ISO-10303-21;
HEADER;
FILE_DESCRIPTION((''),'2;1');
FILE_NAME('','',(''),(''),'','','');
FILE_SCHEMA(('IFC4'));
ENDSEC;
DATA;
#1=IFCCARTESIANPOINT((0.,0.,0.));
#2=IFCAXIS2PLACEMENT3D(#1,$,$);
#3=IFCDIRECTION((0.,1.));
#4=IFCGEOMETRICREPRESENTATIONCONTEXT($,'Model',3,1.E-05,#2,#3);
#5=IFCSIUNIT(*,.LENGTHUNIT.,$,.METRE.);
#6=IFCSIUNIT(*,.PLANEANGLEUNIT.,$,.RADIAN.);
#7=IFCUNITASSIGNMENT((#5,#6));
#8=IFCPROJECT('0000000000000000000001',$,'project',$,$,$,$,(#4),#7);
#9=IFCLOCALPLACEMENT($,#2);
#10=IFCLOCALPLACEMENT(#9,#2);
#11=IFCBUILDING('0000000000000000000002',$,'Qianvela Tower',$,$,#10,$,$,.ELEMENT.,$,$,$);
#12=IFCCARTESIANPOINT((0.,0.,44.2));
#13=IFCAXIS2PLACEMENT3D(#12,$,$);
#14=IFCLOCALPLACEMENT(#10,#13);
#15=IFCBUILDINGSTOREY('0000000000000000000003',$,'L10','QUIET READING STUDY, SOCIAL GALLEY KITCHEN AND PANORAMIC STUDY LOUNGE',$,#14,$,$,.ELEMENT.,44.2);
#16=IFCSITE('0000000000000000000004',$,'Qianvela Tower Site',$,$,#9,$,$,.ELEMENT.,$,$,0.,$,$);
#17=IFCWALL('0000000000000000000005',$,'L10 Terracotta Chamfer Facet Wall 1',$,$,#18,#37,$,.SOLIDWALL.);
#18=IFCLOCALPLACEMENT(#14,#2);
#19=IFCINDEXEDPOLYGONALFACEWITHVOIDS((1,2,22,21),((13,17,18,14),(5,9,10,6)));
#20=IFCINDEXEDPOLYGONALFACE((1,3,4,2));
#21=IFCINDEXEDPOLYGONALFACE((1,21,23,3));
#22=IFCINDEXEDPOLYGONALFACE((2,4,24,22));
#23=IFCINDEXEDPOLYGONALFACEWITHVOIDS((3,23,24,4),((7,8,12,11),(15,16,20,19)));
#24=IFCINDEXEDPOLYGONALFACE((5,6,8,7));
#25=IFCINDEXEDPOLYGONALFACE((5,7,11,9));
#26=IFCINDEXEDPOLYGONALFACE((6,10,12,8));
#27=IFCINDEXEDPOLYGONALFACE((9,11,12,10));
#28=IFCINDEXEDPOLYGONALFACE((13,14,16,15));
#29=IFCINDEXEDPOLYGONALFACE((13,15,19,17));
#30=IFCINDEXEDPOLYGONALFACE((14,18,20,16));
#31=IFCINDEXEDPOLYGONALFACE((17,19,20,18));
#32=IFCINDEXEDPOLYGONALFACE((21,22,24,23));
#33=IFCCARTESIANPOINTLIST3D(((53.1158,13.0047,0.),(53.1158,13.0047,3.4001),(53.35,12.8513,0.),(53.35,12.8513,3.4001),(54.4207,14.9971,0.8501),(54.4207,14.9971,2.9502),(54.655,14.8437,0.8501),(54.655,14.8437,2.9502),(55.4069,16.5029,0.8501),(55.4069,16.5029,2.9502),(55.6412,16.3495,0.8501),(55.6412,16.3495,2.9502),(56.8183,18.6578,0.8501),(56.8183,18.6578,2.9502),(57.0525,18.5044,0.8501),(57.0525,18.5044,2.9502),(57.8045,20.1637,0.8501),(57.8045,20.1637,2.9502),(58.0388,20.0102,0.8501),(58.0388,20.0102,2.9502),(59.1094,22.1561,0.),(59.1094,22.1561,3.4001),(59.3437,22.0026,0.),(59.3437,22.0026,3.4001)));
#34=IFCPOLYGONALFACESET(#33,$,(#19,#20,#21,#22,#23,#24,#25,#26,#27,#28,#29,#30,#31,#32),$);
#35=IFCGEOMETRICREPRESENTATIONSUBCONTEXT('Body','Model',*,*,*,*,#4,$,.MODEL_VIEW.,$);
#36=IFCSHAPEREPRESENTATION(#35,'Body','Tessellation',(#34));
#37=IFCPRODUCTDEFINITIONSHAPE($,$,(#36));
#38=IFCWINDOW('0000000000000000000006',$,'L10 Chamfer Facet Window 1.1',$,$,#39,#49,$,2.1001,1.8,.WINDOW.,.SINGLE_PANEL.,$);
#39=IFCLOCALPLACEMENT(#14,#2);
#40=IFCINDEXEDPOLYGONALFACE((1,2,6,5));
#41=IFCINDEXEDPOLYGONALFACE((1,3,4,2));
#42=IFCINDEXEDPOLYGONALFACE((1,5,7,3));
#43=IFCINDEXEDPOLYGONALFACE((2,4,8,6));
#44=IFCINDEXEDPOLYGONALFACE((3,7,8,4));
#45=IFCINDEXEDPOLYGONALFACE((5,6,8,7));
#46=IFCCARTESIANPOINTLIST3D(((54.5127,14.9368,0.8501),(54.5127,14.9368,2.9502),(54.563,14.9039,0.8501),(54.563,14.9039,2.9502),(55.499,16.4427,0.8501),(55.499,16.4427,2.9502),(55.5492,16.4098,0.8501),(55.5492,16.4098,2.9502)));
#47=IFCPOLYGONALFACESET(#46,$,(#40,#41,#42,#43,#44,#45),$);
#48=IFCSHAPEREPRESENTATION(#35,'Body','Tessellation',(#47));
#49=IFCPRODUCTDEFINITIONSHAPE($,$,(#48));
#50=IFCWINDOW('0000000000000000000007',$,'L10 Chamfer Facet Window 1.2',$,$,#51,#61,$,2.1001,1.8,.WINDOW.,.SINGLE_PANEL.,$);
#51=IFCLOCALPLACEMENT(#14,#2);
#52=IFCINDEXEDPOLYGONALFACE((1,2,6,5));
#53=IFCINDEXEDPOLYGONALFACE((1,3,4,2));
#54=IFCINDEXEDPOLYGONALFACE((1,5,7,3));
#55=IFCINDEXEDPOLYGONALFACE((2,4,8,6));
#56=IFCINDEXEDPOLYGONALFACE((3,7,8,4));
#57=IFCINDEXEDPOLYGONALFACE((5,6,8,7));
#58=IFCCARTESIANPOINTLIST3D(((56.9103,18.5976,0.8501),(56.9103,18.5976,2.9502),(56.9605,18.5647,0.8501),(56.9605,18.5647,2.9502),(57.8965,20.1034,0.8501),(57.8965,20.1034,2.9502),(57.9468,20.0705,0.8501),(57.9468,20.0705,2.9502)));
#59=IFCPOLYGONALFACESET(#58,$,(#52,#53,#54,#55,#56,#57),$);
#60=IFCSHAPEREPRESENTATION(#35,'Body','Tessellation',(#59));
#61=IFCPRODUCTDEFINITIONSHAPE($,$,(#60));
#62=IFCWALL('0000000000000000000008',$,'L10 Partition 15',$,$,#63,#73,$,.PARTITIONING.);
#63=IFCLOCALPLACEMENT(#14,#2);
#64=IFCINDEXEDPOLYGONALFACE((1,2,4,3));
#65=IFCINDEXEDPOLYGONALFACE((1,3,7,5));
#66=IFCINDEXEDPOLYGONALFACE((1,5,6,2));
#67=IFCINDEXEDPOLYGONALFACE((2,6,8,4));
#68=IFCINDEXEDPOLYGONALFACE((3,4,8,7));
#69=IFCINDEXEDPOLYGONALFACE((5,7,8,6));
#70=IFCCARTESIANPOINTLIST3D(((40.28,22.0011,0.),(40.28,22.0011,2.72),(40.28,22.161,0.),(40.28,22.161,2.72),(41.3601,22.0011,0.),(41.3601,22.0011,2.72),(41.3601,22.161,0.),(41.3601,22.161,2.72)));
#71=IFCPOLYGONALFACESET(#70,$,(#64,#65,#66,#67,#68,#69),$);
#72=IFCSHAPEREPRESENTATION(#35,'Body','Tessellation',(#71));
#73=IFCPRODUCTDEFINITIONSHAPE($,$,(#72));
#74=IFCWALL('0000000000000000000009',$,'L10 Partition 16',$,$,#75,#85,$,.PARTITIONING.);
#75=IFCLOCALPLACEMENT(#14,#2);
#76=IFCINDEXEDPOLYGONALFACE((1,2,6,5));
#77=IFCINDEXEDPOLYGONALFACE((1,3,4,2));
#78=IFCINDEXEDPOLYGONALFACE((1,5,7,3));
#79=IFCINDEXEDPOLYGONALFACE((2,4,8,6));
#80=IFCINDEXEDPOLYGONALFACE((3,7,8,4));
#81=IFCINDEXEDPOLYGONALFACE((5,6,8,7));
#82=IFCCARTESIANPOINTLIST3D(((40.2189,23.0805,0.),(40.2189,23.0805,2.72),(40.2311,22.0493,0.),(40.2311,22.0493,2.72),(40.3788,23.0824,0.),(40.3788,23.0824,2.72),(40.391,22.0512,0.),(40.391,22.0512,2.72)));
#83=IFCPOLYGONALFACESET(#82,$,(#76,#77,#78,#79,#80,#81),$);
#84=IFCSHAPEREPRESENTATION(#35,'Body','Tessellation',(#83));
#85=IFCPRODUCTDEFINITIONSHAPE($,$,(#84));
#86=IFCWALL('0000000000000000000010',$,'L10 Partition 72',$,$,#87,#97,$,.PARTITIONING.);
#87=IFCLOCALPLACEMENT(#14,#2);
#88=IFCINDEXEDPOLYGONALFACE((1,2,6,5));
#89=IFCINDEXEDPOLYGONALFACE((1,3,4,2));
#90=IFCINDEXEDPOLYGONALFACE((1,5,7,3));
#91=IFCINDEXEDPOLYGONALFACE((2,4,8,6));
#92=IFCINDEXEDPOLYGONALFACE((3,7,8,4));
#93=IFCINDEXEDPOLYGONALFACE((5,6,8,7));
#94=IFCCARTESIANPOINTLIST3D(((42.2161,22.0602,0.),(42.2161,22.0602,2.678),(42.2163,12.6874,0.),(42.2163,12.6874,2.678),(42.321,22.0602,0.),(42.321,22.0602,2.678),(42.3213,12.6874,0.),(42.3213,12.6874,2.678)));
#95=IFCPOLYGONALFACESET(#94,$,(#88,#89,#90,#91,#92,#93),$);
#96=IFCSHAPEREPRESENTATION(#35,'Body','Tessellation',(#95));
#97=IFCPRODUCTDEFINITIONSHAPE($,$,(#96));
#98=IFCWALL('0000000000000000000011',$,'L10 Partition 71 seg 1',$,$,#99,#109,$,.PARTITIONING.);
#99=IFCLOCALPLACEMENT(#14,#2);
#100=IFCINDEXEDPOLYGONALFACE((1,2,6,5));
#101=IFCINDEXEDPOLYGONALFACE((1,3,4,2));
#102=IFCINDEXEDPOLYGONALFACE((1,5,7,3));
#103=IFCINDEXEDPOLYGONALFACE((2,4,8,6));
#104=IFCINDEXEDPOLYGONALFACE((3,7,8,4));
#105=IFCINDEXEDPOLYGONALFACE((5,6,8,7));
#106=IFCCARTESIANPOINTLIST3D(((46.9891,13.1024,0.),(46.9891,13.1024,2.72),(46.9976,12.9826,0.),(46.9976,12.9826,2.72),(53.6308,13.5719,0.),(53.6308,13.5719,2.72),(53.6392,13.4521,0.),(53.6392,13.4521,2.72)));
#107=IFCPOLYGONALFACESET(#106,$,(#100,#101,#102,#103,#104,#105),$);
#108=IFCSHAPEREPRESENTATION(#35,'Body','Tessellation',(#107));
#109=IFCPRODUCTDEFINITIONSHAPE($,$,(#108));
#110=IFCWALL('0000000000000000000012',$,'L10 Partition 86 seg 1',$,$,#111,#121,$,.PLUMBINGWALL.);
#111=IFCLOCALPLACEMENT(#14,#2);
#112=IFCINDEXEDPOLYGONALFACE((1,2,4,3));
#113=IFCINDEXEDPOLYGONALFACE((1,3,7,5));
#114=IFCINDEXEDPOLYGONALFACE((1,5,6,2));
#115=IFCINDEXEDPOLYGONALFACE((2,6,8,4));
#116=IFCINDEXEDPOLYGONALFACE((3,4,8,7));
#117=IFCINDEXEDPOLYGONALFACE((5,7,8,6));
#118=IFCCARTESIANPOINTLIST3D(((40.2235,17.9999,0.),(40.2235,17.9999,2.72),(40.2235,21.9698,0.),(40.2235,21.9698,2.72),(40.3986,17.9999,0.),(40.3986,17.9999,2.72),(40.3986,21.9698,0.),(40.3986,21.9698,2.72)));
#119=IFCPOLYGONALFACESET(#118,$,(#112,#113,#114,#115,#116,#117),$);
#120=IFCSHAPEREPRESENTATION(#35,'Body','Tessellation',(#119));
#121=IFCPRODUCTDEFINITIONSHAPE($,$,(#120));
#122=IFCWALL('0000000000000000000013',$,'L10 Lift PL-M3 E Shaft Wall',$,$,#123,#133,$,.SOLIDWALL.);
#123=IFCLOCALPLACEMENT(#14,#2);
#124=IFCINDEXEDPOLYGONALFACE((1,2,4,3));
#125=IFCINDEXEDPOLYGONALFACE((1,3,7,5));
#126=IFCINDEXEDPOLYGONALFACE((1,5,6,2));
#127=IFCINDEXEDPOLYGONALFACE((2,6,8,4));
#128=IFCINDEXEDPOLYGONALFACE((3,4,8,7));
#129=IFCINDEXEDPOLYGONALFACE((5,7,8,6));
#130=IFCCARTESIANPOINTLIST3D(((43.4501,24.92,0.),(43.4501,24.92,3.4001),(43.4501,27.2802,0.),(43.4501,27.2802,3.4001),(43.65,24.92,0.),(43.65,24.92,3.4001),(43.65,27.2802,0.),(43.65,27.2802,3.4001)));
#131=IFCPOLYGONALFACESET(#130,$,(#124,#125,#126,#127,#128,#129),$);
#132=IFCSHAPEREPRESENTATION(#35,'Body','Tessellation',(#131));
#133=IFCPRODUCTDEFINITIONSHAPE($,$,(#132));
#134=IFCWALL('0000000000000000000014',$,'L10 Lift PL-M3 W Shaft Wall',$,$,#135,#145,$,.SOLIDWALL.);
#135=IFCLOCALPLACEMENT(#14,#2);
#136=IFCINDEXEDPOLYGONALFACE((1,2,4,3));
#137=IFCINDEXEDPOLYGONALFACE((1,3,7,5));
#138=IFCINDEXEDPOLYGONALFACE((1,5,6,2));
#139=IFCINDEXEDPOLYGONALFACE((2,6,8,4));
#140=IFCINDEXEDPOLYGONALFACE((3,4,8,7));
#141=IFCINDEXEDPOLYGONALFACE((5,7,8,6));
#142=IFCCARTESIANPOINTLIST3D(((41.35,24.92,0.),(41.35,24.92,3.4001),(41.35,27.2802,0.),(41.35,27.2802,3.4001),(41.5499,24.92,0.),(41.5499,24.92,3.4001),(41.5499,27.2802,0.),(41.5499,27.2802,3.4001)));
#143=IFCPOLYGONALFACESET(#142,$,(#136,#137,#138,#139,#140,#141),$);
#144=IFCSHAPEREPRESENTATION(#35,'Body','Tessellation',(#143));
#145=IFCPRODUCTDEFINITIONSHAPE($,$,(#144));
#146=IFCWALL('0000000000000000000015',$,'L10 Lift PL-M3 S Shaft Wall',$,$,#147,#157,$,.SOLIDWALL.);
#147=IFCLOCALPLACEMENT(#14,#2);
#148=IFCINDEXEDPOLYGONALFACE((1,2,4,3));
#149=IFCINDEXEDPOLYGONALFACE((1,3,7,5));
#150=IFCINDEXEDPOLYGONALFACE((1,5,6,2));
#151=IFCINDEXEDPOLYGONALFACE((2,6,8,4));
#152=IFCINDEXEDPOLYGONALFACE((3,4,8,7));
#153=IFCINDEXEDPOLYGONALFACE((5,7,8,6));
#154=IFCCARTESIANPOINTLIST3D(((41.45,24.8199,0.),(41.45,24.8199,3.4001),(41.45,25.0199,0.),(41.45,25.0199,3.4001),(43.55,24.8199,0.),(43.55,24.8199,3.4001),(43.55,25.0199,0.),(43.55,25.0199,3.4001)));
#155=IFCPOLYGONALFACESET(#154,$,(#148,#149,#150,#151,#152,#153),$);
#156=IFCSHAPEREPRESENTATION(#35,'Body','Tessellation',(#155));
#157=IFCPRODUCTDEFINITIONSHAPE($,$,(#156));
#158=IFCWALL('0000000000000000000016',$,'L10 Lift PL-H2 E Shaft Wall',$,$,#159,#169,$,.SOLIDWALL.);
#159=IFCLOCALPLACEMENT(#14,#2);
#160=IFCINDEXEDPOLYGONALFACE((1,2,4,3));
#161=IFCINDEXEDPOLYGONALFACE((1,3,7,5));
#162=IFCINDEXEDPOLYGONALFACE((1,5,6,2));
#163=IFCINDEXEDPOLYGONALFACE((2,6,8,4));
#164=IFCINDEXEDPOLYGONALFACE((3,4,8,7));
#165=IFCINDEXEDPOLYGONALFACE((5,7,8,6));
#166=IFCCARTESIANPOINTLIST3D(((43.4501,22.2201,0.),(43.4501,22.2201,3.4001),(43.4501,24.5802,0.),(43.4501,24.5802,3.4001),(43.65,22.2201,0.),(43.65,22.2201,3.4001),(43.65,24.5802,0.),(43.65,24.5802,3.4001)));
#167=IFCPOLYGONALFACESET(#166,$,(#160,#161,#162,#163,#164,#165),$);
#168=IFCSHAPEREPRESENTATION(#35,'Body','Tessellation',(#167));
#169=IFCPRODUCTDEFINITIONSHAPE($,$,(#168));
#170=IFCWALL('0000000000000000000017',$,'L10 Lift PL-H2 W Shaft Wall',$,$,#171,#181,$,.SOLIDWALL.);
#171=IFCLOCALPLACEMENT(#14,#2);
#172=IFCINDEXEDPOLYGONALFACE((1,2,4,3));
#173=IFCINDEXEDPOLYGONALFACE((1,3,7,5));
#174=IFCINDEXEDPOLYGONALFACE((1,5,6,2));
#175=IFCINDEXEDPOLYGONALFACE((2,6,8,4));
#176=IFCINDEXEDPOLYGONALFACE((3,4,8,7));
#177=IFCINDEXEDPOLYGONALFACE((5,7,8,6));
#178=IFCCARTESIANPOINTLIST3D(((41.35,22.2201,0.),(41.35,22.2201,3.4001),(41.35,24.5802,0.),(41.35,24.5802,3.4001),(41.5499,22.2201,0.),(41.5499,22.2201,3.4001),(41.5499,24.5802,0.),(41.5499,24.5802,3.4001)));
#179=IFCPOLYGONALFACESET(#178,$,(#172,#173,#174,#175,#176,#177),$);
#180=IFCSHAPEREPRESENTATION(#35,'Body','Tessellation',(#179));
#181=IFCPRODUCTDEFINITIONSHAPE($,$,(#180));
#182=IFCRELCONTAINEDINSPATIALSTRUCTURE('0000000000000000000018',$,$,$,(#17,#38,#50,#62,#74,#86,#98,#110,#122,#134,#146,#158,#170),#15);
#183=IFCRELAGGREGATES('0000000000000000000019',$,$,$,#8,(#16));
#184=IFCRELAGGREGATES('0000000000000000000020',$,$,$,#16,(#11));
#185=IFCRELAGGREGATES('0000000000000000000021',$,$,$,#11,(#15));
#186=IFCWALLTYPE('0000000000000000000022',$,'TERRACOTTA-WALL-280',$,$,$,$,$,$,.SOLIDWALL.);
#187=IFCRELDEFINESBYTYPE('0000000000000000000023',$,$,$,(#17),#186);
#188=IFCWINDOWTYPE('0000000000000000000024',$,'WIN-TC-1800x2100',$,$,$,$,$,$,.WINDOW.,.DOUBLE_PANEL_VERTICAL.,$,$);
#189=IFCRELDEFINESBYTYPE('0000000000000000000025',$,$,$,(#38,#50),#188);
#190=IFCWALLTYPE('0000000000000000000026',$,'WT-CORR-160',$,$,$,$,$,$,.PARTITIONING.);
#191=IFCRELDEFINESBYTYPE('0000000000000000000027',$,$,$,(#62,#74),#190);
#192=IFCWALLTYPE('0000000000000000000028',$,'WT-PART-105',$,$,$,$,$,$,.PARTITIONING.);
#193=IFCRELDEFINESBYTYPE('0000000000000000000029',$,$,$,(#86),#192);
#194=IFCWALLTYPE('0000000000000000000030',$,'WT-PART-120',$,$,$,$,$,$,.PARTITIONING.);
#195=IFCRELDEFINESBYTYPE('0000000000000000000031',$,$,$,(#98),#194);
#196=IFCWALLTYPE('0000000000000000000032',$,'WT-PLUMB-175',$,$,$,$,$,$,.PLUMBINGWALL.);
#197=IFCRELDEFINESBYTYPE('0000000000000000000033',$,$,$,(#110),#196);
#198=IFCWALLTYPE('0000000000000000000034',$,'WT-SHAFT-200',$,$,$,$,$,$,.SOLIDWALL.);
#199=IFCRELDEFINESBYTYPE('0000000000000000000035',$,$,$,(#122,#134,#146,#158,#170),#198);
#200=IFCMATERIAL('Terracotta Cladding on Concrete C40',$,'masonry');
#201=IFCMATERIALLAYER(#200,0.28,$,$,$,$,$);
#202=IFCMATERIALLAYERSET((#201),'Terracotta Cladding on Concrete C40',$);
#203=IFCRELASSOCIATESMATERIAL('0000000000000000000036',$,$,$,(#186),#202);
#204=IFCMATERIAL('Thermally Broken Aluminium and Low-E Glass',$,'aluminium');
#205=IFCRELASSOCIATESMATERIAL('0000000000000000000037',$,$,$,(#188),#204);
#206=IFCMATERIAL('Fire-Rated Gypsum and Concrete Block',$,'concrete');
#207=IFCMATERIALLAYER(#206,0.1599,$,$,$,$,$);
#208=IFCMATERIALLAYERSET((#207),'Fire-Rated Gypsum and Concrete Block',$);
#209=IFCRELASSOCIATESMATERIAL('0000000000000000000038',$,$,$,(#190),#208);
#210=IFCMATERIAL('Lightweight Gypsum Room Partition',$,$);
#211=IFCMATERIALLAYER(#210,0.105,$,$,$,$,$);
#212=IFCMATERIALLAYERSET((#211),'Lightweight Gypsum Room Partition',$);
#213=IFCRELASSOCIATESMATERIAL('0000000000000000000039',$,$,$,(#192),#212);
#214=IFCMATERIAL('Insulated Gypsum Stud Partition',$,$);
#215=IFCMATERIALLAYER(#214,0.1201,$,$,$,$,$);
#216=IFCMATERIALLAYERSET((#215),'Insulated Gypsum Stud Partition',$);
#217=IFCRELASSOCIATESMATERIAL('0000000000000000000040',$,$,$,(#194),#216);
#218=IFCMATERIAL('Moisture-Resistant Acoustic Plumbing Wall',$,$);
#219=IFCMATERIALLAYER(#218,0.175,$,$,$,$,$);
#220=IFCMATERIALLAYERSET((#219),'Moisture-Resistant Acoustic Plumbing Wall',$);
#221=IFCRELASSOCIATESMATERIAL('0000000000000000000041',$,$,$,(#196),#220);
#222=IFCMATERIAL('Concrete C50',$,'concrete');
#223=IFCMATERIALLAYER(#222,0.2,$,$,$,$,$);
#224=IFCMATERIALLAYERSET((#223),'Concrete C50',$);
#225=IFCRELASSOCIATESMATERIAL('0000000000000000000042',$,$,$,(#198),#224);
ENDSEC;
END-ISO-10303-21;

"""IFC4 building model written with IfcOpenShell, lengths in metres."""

from ifc_helpers import new_model, si_unit, direction, frame, frame_2d, origin, place, context, subcontext, project, spatial, rectangle, extrude, material, layer, layer_set, type_object, element, fill, save


model = new_model("IFC4")

# Units and contexts
model_context = context("Model", 3, precision=1e-05, world=origin(), true_north=direction((0.0, 1.0)))
body_context = subcontext(model_context, "Body", "Model", "MODEL_VIEW")
ifc_project = project(units=[si_unit("LENGTHUNIT", "METRE"), si_unit("PLANEANGLEUNIT", "RADIAN")], contexts=[model_context])

# Site, building, storey
site_placement = place(None, origin())
site = spatial("IfcSite", under=ifc_project, at=site_placement, Name="Qianvela Tower Site", CompositionType="ELEMENT", RefElevation=0.0)
building_placement = place(site_placement, origin())
building = spatial("IfcBuilding", under=site, at=building_placement, Name="Qianvela Tower", CompositionType="ELEMENT")
storey_placement = place(building_placement, frame((0.0, 0.0, 44.2)))
storey = spatial("IfcBuildingStorey", under=building, at=storey_placement, Name="L10", Description="QUIET READING STUDY, SOCIAL GALLEY KITCHEN AND PANORAMIC STUDY LOUNGE", CompositionType="ELEMENT", Elevation=44.2)

# Wall, openings, windows
ifc_material_1 = material(Name="Terracotta Cladding on Concrete C40", Category="masonry")
ifc_layer_1 = layer(ifc_material_1, 0.28)
ifc_layer_set_1 = layer_set([ifc_layer_1], Name="Terracotta Cladding on Concrete C40")
wall_type_1 = type_object("IfcWallType", Name="TERRACOTTA-WALL-280", PredefinedType="SOLIDWALL", material=ifc_layer_set_1)
wall_1_placement = place(storey_placement, frame((53.2329, 12.928, 0.0), z_axis=(0.0, 0.0, 1.0), x_axis=(0.547894, 0.836548, 0.0)))
wall_1 = element("IfcWall", 1, at=wall_1_placement, inside=storey, type_object=wall_type_1, Name="L10 Terracotta Chamfer Facet Wall 1", PredefinedType="SOLIDWALL", context=body_context, shape_type="SweptSolid", body=[
    extrude(rectangle(XDim=10.9395, YDim=0.28, at=frame_2d((5.4697, 0.0))), origin(), (0.0, 0.0, 1.0), 3.4001),
])
opening_1_placement = place(wall_1_placement, frame((2.3818, 0.0, 0.8501)))
opening_1 = element("IfcOpeningElement", 2, at=opening_1_placement, cuts=wall_1, PredefinedType="OPENING", context=body_context, shape_type="SweptSolid", body=[
    extrude(rectangle(XDim=1.8, YDim=2.1001, at=frame_2d((0.8999, 1.05))), frame((0.0, 0.1499, 0.0), z_axis=(0.0, -1.0, 0.0), x_axis=(1.0, 0.0, 0.0)), (0.0, 0.0, 1.0), 0.3),
])
opening_2_placement = place(wall_1_placement, frame((6.7578, 0.0, 0.8501)))
opening_2 = element("IfcOpeningElement", 3, at=opening_2_placement, cuts=wall_1, PredefinedType="OPENING", context=body_context, shape_type="SweptSolid", body=[
    extrude(rectangle(XDim=1.8, YDim=2.1001, at=frame_2d((0.8999, 1.05))), frame((0.0, 0.1499, 0.0), z_axis=(0.0, -1.0, 0.0), x_axis=(1.0, 0.0, 0.0)), (0.0, 0.0, 1.0), 0.3),
])
ifc_material_2 = material(Name="Thermally Broken Aluminium and Low-E Glass", Category="aluminium")
window_type = type_object("IfcWindowType", Name="WIN-TC-1800x2100", PartitioningType="DOUBLE_PANEL_VERTICAL", PredefinedType="WINDOW", material=ifc_material_2)
window_1_placement = place(opening_1_placement, origin())
window_1 = element("IfcWindow", 4, at=window_1_placement, inside=storey, type_object=window_type, Name="L10 Chamfer Facet Window 1.1", OverallHeight=2.1001, OverallWidth=1.8, PartitioningType="SINGLE_PANEL", PredefinedType="WINDOW", context=body_context, shape_type="SweptSolid", body=[
    extrude(rectangle(XDim=1.8, YDim=2.1001, at=frame_2d((0.8999, 1.05))), frame((0.0, 0.03, 0.0), z_axis=(0.0, -1.0, 0.0), x_axis=(1.0, 0.0, 0.0)), (0.0, 0.0, 1.0), 0.0601),
])
fill(opening_1, window_1)
window_2_placement = place(opening_2_placement, origin())
window_2 = element("IfcWindow", 5, at=window_2_placement, inside=storey, type_object=window_type, Name="L10 Chamfer Facet Window 1.2", OverallHeight=2.1001, OverallWidth=1.8, PartitioningType="SINGLE_PANEL", PredefinedType="WINDOW", context=body_context, shape_type="SweptSolid", body=[
    extrude(rectangle(XDim=1.8, YDim=2.1001, at=frame_2d((0.8999, 1.05))), frame((0.0, 0.03, 0.0), z_axis=(0.0, -1.0, 0.0), x_axis=(1.0, 0.0, 0.0)), (0.0, 0.0, 1.0), 0.0601),
])
fill(opening_2, window_2)

# Walls
ifc_material_3 = material(Name="Fire-Rated Gypsum and Concrete Block", Category="concrete")
ifc_layer_2 = layer(ifc_material_3, 0.1599)
ifc_layer_set_2 = layer_set([ifc_layer_2], Name="Fire-Rated Gypsum and Concrete Block")
wall_type_2 = type_object("IfcWallType", Name="WT-CORR-160", PredefinedType="PARTITIONING", material=ifc_layer_set_2)
wall_2_placement = place(storey_placement, frame((41.3601, 22.0811, 0.0), z_axis=(0.0, 0.0, 1.0), x_axis=(-1.0, 0.0, 0.0)))
element("IfcWall", 6, at=wall_2_placement, inside=storey, type_object=wall_type_2, Name="L10 Partition 15", PredefinedType="PARTITIONING", context=body_context, shape_type="SweptSolid", body=[
    extrude(rectangle(XDim=1.0801, YDim=0.1599, at=frame_2d((0.54, 0.0))), origin(), (0.0, 0.0, 1.0), 2.72),
])
wall_3_placement = place(storey_placement, frame((40.311, 22.0503, 0.0), z_axis=(0.0, 0.0, 1.0), x_axis=(-0.011836, 0.99993, 0.0)))
element("IfcWall", 7, at=wall_3_placement, inside=storey, type_object=wall_type_2, Name="L10 Partition 16", PredefinedType="PARTITIONING", context=body_context, shape_type="SweptSolid", body=[
    extrude(rectangle(XDim=1.0312, YDim=0.1599, at=frame_2d((0.5156, 0.0))), origin(), (0.0, 0.0, 1.0), 2.72),
])
ifc_material_4 = material(Name="Lightweight Gypsum Room Partition")
ifc_layer_3 = layer(ifc_material_4, 0.105)
ifc_layer_set_3 = layer_set([ifc_layer_3], Name="Lightweight Gypsum Room Partition")
wall_type_3 = type_object("IfcWallType", Name="WT-PART-105", PredefinedType="PARTITIONING", material=ifc_layer_set_3)
wall_4_placement = place(storey_placement, frame((42.2688, 12.6873, 0.0), z_axis=(0.0, 0.0, 1.0), x_axis=(-0.000026, 1.0, 0.0)))
element("IfcWall", 8, at=wall_4_placement, inside=storey, type_object=wall_type_3, Name="L10 Partition 72", PredefinedType="PARTITIONING", context=body_context, shape_type="SweptSolid", body=[
    extrude(rectangle(XDim=9.3728, YDim=0.105, at=frame_2d((4.6865, 0.0))), origin(), (0.0, 0.0, 1.0), 2.678),
])
ifc_material_5 = material(Name="Insulated Gypsum Stud Partition")
ifc_layer_4 = layer(ifc_material_5, 0.1201)
ifc_layer_set_4 = layer_set([ifc_layer_4], Name="Insulated Gypsum Stud Partition")
wall_type_4 = type_object("IfcWallType", Name="WT-PART-120", PredefinedType="PARTITIONING", material=ifc_layer_set_4)
wall_5_placement = place(storey_placement, frame((53.635, 13.512, 0.0), z_axis=(0.0, 0.0, 1.0), x_axis=(-0.997511, -0.070512, 0.0)))
element("IfcWall", 9, at=wall_5_placement, inside=storey, type_object=wall_type_4, Name="L10 Partition 71 seg 1", PredefinedType="PARTITIONING", context=body_context, shape_type="SweptSolid", body=[
    extrude(rectangle(XDim=6.6582, YDim=0.1201, at=frame_2d((3.3291, 0.0))), origin(), (0.0, 0.0, 1.0), 2.72),
])
ifc_material_6 = material(Name="Moisture-Resistant Acoustic Plumbing Wall")
ifc_layer_5 = layer(ifc_material_6, 0.175)
ifc_layer_set_5 = layer_set([ifc_layer_5], Name="Moisture-Resistant Acoustic Plumbing Wall")
wall_type_5 = type_object("IfcWallType", Name="WT-PLUMB-175", PredefinedType="PLUMBINGWALL", material=ifc_layer_set_5)
wall_6_placement = place(storey_placement, frame((40.311, 18.0, 0.0), z_axis=(0.0, 0.0, 1.0), x_axis=(0.0, 1.0, 0.0)))
element("IfcWall", 10, at=wall_6_placement, inside=storey, type_object=wall_type_5, Name="L10 Partition 86 seg 1", PredefinedType="PLUMBINGWALL", context=body_context, shape_type="SweptSolid", body=[
    extrude(rectangle(XDim=3.97, YDim=0.175, at=frame_2d((1.9849, 0.0))), origin(), (0.0, 0.0, 1.0), 2.72),
])
ifc_material_7 = material(Name="Concrete C50", Category="concrete")
ifc_layer_6 = layer(ifc_material_7, 0.2)
ifc_layer_set_6 = layer_set([ifc_layer_6], Name="Concrete C50")
wall_type_6 = type_object("IfcWallType", Name="WT-SHAFT-200", PredefinedType="SOLIDWALL", material=ifc_layer_set_6)
for number, where, z_axis, x_axis, name in (
    (11, (43.55, 24.9199, 0.0), (0.0, 0.0, 1.0), (0.0, 1.0, 0.0), "L10 Lift PL-M3 E Shaft Wall"),
    (12, (41.45, 24.9199, 0.0), (0.0, 0.0, 1.0), (0.0, 1.0, 0.0), "L10 Lift PL-M3 W Shaft Wall"),
):
    element("IfcWall", number, at=place(storey_placement, frame(where, z_axis=z_axis, x_axis=x_axis)), inside=storey, type_object=wall_type_6, Name=name, PredefinedType="SOLIDWALL", context=body_context, shape_type="SweptSolid", body=[
        extrude(rectangle(XDim=2.3601, YDim=0.2, at=frame_2d((1.1802, 0.0))), origin(), (0.0, 0.0, 1.0), 3.4001),
    ])
wall_7_placement = place(storey_placement, frame((41.45, 24.9199, 0.0), z_axis=(0.0, 0.0, 1.0), x_axis=(1.0, 0.0, 0.0)))
element("IfcWall", 13, at=wall_7_placement, inside=storey, type_object=wall_type_6, Name="L10 Lift PL-M3 S Shaft Wall", PredefinedType="SOLIDWALL", context=body_context, shape_type="SweptSolid", body=[
    extrude(rectangle(XDim=2.1001, YDim=0.2, at=frame_2d((1.05, 0.0))), origin(), (0.0, 0.0, 1.0), 3.4001),
])
for number, where, z_axis, x_axis, name in (
    (14, (43.55, 22.22, 0.0), (0.0, 0.0, 1.0), (0.0, 1.0, 0.0), "L10 Lift PL-H2 E Shaft Wall"),
    (15, (41.45, 22.22, 0.0), (0.0, 0.0, 1.0), (0.0, 1.0, 0.0), "L10 Lift PL-H2 W Shaft Wall"),
):
    element("IfcWall", number, at=place(storey_placement, frame(where, z_axis=z_axis, x_axis=x_axis)), inside=storey, type_object=wall_type_6, Name=name, PredefinedType="SOLIDWALL", context=body_context, shape_type="SweptSolid", body=[
        extrude(rectangle(XDim=2.3601, YDim=0.2, at=frame_2d((1.1802, 0.0))), origin(), (0.0, 0.0, 1.0), 3.4001),
    ])

save(model, "model.ifc")
